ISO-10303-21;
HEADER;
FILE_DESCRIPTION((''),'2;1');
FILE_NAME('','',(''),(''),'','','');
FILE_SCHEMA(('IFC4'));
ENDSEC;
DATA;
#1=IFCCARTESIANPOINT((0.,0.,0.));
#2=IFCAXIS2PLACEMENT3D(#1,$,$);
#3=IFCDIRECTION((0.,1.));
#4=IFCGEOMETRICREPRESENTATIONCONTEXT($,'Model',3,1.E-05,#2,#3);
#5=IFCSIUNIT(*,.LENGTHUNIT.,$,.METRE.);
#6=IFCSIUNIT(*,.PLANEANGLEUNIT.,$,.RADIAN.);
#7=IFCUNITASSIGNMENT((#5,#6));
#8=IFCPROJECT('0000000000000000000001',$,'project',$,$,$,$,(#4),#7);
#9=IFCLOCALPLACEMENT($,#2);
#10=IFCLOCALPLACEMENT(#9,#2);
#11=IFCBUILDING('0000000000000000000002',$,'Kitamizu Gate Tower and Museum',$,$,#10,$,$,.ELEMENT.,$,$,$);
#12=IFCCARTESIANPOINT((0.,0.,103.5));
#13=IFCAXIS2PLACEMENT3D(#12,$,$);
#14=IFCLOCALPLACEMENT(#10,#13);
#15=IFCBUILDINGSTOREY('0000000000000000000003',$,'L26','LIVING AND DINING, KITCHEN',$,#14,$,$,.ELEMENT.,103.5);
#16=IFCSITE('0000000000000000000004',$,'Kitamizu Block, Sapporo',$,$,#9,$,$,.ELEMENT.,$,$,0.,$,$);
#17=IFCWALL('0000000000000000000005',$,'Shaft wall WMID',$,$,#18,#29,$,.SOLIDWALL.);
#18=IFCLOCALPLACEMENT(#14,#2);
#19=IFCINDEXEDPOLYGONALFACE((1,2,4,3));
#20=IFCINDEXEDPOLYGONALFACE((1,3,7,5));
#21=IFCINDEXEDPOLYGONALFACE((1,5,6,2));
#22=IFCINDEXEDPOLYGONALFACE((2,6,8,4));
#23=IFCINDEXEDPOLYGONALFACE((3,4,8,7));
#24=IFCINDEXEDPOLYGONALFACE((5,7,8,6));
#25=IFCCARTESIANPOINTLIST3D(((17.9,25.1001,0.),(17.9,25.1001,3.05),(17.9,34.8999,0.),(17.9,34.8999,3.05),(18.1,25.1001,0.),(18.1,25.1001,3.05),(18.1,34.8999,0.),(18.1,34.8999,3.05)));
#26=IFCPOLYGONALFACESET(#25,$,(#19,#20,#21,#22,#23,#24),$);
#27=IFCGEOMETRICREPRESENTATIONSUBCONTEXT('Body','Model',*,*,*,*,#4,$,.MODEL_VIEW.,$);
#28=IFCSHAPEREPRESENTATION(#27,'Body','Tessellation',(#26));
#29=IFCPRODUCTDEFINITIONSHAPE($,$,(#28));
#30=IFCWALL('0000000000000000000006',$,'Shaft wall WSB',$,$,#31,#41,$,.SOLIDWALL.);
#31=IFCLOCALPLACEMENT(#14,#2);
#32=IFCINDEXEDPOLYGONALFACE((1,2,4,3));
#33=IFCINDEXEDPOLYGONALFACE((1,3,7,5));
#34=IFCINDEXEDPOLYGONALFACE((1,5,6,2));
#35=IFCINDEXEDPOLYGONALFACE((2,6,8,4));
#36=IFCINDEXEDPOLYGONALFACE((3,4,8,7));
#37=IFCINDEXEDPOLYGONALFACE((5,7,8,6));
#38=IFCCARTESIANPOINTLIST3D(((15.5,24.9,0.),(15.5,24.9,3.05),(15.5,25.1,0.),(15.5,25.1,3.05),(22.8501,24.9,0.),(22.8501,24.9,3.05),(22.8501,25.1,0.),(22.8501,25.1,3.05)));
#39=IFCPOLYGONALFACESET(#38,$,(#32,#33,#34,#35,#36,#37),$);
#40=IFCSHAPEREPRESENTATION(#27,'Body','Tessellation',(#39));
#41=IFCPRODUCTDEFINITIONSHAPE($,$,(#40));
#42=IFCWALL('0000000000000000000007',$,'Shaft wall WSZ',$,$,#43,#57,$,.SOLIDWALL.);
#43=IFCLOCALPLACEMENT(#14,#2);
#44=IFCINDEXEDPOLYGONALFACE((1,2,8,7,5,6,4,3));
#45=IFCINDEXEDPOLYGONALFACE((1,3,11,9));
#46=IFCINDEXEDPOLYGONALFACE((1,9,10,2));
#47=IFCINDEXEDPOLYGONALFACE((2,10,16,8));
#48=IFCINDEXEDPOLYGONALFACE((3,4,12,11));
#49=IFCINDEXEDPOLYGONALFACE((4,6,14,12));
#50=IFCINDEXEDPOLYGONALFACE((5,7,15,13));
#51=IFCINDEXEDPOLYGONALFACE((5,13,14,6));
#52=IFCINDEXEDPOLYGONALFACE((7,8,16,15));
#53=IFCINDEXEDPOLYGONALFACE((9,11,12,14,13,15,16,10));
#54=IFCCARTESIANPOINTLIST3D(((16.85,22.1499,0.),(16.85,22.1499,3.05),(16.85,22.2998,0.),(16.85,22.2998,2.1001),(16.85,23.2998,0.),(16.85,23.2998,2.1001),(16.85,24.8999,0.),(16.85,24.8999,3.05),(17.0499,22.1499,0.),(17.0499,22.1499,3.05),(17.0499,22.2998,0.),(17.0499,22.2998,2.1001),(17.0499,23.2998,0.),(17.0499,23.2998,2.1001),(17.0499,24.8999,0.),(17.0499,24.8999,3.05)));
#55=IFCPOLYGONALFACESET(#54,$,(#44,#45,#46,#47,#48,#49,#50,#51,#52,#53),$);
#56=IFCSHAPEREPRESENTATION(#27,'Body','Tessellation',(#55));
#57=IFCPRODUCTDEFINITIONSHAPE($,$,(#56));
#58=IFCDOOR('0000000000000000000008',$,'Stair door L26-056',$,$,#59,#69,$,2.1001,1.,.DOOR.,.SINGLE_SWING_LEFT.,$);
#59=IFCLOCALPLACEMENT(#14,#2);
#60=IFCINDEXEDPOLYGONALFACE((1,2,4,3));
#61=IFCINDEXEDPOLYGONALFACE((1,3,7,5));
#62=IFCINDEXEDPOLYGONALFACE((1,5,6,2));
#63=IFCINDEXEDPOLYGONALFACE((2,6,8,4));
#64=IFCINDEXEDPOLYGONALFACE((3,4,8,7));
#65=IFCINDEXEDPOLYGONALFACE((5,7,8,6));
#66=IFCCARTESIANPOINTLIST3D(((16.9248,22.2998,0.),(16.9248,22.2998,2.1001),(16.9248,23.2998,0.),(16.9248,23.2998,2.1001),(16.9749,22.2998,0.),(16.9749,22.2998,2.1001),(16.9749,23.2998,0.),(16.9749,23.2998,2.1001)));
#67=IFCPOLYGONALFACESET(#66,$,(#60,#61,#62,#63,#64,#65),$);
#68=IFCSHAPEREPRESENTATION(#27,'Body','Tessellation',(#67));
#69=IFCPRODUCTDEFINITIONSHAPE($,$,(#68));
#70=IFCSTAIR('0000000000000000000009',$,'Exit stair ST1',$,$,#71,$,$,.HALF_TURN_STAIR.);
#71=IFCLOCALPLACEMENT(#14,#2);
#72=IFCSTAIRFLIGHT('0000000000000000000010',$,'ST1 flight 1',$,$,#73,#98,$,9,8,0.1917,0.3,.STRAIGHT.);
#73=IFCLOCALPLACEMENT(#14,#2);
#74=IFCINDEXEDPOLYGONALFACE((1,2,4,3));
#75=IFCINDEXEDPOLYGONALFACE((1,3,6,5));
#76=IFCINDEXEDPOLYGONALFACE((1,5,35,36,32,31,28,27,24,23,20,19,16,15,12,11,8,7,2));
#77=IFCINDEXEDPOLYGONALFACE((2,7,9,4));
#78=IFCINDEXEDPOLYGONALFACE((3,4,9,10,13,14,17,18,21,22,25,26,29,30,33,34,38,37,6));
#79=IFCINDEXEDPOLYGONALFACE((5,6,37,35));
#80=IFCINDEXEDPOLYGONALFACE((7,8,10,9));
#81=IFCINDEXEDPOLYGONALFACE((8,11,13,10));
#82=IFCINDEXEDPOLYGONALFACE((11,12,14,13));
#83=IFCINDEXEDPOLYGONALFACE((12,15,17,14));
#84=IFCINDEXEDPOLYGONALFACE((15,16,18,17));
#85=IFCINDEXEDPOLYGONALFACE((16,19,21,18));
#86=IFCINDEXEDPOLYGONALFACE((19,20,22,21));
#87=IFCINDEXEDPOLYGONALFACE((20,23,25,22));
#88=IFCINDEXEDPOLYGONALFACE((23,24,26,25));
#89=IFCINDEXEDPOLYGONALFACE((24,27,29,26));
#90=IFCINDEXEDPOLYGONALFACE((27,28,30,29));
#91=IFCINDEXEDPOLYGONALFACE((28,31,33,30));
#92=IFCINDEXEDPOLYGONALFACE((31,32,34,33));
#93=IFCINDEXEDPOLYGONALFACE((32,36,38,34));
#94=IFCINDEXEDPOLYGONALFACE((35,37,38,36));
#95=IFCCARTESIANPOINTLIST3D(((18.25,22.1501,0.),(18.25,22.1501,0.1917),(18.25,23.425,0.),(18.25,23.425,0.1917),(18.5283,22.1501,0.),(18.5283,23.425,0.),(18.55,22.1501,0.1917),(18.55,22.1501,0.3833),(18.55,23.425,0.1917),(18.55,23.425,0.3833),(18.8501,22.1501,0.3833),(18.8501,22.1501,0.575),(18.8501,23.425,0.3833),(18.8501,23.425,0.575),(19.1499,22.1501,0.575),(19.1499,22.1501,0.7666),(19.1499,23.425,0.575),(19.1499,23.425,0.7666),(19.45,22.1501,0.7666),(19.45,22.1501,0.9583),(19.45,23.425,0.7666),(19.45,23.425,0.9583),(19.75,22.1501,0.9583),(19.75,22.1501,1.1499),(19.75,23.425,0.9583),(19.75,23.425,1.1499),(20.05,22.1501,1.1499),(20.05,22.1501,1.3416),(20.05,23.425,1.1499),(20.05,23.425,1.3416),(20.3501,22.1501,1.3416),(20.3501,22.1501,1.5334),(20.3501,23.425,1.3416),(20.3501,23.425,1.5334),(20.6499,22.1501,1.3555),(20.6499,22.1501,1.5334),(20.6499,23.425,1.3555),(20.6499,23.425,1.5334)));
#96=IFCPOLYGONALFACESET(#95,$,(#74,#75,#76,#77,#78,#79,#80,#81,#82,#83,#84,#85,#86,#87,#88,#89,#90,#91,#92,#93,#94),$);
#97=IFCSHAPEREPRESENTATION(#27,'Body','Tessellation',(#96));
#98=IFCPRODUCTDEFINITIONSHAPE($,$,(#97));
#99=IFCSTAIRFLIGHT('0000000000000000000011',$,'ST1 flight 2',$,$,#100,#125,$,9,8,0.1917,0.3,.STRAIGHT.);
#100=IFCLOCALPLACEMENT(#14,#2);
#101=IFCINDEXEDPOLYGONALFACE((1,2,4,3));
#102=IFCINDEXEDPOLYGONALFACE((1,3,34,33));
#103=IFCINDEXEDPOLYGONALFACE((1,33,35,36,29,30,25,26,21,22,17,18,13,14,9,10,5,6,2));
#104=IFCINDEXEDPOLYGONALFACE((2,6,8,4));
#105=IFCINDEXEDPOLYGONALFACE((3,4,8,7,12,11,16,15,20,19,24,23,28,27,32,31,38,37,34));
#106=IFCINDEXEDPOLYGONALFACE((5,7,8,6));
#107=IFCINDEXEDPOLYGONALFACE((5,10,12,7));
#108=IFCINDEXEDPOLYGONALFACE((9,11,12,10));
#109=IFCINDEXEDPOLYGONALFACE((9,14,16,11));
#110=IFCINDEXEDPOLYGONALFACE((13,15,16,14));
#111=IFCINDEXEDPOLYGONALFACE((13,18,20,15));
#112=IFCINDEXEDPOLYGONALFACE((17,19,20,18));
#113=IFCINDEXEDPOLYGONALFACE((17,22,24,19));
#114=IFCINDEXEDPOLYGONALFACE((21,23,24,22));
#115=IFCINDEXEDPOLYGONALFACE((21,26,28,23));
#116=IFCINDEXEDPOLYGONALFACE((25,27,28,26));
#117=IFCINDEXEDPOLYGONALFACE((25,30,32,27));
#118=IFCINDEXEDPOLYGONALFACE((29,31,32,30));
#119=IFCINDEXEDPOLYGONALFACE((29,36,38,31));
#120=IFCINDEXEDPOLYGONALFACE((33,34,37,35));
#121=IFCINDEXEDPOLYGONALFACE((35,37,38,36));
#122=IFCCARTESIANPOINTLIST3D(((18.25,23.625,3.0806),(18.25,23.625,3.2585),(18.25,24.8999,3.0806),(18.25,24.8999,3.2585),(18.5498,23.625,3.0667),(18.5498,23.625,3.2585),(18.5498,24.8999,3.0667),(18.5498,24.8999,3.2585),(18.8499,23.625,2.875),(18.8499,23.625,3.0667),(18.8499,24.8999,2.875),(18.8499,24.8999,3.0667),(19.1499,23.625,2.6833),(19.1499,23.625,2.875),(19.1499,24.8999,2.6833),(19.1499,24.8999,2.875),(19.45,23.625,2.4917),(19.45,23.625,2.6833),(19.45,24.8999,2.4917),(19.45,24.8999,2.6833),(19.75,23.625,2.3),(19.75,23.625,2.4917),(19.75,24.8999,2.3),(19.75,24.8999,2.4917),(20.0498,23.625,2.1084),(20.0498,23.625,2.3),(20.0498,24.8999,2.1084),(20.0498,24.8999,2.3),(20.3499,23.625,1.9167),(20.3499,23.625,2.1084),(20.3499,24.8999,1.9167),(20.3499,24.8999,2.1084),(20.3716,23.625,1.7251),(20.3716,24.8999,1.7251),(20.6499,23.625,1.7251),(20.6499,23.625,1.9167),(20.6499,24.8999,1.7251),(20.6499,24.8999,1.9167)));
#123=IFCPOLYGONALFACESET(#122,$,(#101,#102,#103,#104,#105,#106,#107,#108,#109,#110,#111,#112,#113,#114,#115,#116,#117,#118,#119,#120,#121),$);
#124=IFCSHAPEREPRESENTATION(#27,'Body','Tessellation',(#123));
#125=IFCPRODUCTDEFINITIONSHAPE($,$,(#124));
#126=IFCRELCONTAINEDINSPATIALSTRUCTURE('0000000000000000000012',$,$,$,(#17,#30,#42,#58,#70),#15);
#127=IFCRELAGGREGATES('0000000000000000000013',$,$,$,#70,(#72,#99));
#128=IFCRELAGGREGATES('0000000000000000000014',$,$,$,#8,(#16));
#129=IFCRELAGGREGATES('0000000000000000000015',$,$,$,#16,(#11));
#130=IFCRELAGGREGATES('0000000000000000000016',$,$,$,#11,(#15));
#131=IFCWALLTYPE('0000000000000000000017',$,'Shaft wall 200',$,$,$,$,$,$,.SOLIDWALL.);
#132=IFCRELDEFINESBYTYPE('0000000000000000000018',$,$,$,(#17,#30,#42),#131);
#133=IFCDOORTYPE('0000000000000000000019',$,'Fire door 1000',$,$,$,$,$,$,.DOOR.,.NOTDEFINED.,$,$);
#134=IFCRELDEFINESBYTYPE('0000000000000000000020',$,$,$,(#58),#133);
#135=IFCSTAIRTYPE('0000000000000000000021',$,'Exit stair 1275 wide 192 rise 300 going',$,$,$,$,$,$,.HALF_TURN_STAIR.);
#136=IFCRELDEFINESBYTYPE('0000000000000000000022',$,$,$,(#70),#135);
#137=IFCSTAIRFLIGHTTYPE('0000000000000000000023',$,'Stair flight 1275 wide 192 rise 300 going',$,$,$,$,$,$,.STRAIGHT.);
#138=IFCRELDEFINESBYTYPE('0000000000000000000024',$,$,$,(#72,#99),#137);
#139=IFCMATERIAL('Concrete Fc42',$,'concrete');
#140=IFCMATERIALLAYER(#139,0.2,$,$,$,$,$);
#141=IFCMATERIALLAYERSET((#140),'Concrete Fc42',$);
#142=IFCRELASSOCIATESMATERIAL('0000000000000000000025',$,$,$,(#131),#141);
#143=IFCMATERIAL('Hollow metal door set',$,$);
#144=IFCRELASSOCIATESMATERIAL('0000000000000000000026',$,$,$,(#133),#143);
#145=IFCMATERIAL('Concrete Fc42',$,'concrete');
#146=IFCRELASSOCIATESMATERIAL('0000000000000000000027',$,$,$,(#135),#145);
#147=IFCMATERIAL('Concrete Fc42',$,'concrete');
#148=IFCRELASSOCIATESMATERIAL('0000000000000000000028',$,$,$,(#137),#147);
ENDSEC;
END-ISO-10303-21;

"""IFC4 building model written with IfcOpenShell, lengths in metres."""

from ifc_helpers import new_model, si_unit, direction, frame, frame_2d, origin, place, context, subcontext, project, spatial, polyline, rectangle, outline, extrude, material, layer, layer_set, type_object, element, fill, aggregate, save


model = new_model("IFC4")

# Units and contexts
model_context = context("Model", 3, precision=1e-05, world=origin(), true_north=direction((0.0, 1.0)))
body_context = subcontext(model_context, "Body", "Model", "MODEL_VIEW")
ifc_project = project(units=[si_unit("LENGTHUNIT", "METRE"), si_unit("PLANEANGLEUNIT", "RADIAN")], contexts=[model_context])

# Site, building, storey
site_placement = place(None, origin())
site = spatial("IfcSite", under=ifc_project, at=site_placement, Name="Kitamizu Block, Sapporo", CompositionType="ELEMENT", RefElevation=0.0)
building_placement = place(site_placement, origin())
building = spatial("IfcBuilding", under=site, at=building_placement, Name="Kitamizu Gate Tower and Museum", CompositionType="ELEMENT")
storey_placement = place(building_placement, frame((0.0, 0.0, 103.5)))
storey = spatial("IfcBuildingStorey", under=building, at=storey_placement, Name="L26", Description="LIVING AND DINING, KITCHEN", CompositionType="ELEMENT", Elevation=103.5)

# Shared definitions
ifc_material_1 = material(Name="Concrete Fc42", Category="concrete")
ifc_layer_1 = layer(ifc_material_1, 0.2)
ifc_layer_set_1 = layer_set([ifc_layer_1], Name="Concrete Fc42")
wall_type_1 = type_object("IfcWallType", Name="Shaft wall 200", PredefinedType="SOLIDWALL", material=ifc_layer_set_1)
ifc_material_2 = material(Name="Hollow metal door set")
door_type_1 = type_object("IfcDoorType", Name="Fire door 1000", OperationType="NOTDEFINED", PredefinedType="DOOR", material=ifc_material_2)

# Walls
wall_1_placement = place(storey_placement, frame((18.0, 25.1001, 0.0), z_axis=(0.0, 0.0, 1.0), x_axis=(0.0, 1.0, 0.0)))
element("IfcWall", 1, at=wall_1_placement, inside=storey, type_object=wall_type_1, Name="Shaft wall WMID", PredefinedType="SOLIDWALL", context=body_context, shape_type="SweptSolid", body=[
    extrude(rectangle(XDim=9.7998, YDim=0.2, at=frame_2d((4.8999, 0.0))), origin(), (0.0, 0.0, 1.0), 3.05),
])
wall_2_placement = place(storey_placement, frame((15.5, 25.0, 0.0), z_axis=(0.0, 0.0, 1.0), x_axis=(1.0, 0.0, 0.0)))
element("IfcWall", 2, at=wall_2_placement, inside=storey, type_object=wall_type_1, Name="Shaft wall WSB", PredefinedType="SOLIDWALL", context=body_context, shape_type="SweptSolid", body=[
    extrude(rectangle(XDim=7.3501, YDim=0.2, at=frame_2d((3.675, 0.0))), origin(), (0.0, 0.0, 1.0), 3.05),
])

# Wall, opening, door
wall_3_placement = place(storey_placement, frame((16.95, 22.1499, 0.0), z_axis=(0.0, 0.0, 1.0), x_axis=(0.0, 1.0, 0.0)))
wall_3 = element("IfcWall", 3, at=wall_3_placement, inside=storey, type_object=wall_type_1, Name="Shaft wall WSZ", PredefinedType="SOLIDWALL", context=body_context, shape_type="SweptSolid", body=[
    extrude(rectangle(XDim=2.75, YDim=0.2, at=frame_2d((1.375, 0.0))), origin(), (0.0, 0.0, 1.0), 3.05),
])
opening_1_placement = place(wall_3_placement, frame((0.1499, 0.0, 0.0)))
opening_1 = element("IfcOpeningElement", 4, at=opening_1_placement, cuts=wall_3, PredefinedType="OPENING", context=body_context, shape_type="SweptSolid", body=[
    extrude(rectangle(XDim=1.0, YDim=2.1001, at=frame_2d((0.5, 1.05))), frame((0.0, 0.1099, 0.0), z_axis=(0.0, -1.0, 0.0), x_axis=(1.0, 0.0, 0.0)), (0.0, 0.0, 1.0), 0.22),
])
door_1_placement = place(opening_1_placement, frame((1.0, 0.0, 0.0), x_axis=(-1.0, 0.0, 0.0)))
door_1 = element("IfcDoor", 5, at=door_1_placement, inside=storey, type_object=door_type_1, Name="Stair door L26-056", OperationType="SINGLE_SWING_LEFT", OverallHeight=2.1001, OverallWidth=1.0, PredefinedType="DOOR", context=body_context, shape_type="SweptSolid", body=[
    extrude(rectangle(XDim=1.0, YDim=2.1001, at=frame_2d((0.5, 1.05))), frame((0.0, 0.0249, 0.0), z_axis=(0.0, -1.0, 0.0), x_axis=(1.0, 0.0, 0.0)), (0.0, 0.0, 1.0), 0.05),
])
fill(opening_1, door_1)

# Stair, stair flights
ifc_material_3 = material(Name="Concrete Fc42", Category="concrete")
stair_type = type_object("IfcStairType", Name="Exit stair 1275 wide 192 rise 300 going", PredefinedType="HALF_TURN_STAIR", material=ifc_material_3)
stair_placement = place(storey_placement, origin())
stair = element("IfcStair", 6, at=stair_placement, inside=storey, type_object=stair_type, Name="Exit stair ST1", PredefinedType="HALF_TURN_STAIR")
ifc_material_4 = material(Name="Concrete Fc42", Category="concrete")
stair_flight_type = type_object("IfcStairFlightType", Name="Stair flight 1275 wide 192 rise 300 going", PredefinedType="STRAIGHT", material=ifc_material_4)
stair_flight_1_placement = place(storey_placement, frame((18.25, 22.7876, 0.0), z_axis=(0.0, 0.0, 1.0), x_axis=(1.0, 0.0, 0.0)))
stair_flight_1 = element("IfcStairFlight", 7, at=stair_flight_1_placement, type_object=stair_flight_type, Name="ST1 flight 1", NumberOfRisers=9, NumberOfTreads=8, PredefinedType="STRAIGHT", RiserHeight=0.1917, TreadLength=0.3, context=body_context, shape_type="SweptSolid", body=[
    extrude(outline(polyline([(0.0, 0.0), (0.0, 0.1917), (0.3, 0.1917), (0.3, 0.3833), (0.6001, 0.3833), (0.6001, 0.575), (0.8999, 0.575), (0.8999, 0.7666), (1.2, 0.7666), (1.2, 0.9583), (1.5, 0.9583), (1.5, 1.1499), (1.8, 1.1499), (1.8, 1.3416), (2.1001, 1.3416), (2.1001, 1.5334), (2.3999, 1.5334), (2.3999, 1.7251), (2.3999, 1.3555), (0.2783, 0.0), (0.0, 0.0)])), frame((0.0, 0.6375, 0.0), z_axis=(0.0, -1.0, 0.0), x_axis=(1.0, 0.0, 0.0)), (0.0, 0.0, 1.0), 1.2749),
])
stair_flight_2_placement = place(storey_placement, frame((20.6499, 24.2625, 1.7251), z_axis=(0.0, 0.0, 1.0), x_axis=(-1.0, 0.0, 0.0)))
stair_flight_2 = element("IfcStairFlight", 8, at=stair_flight_2_placement, type_object=stair_flight_type, Name="ST1 flight 2", NumberOfRisers=9, NumberOfTreads=8, PredefinedType="STRAIGHT", RiserHeight=0.1917, TreadLength=0.3, context=body_context, shape_type="SweptSolid", body=[
    extrude(outline(polyline([(0.0, 0.0), (0.0, 0.1917), (0.3, 0.1917), (0.3, 0.3833), (0.6001, 0.3833), (0.6001, 0.575), (0.8999, 0.575), (0.8999, 0.7666), (1.2, 0.7666), (1.2, 0.9583), (1.5, 0.9583), (1.5, 1.1499), (1.8, 1.1499), (1.8, 1.3416), (2.1001, 1.3416), (2.1001, 1.5334), (2.3999, 1.5334), (2.3999, 1.7251), (2.3999, 1.3555), (0.2783, 0.0), (0.0, 0.0)])), frame((0.0, 0.6375, 0.0), z_axis=(0.0, -1.0, 0.0), x_axis=(1.0, 0.0, 0.0)), (0.0, 0.0, 1.0), 1.2749),
])
aggregate(stair, [stair_flight_1, stair_flight_2])

save(model, "model.ifc")
